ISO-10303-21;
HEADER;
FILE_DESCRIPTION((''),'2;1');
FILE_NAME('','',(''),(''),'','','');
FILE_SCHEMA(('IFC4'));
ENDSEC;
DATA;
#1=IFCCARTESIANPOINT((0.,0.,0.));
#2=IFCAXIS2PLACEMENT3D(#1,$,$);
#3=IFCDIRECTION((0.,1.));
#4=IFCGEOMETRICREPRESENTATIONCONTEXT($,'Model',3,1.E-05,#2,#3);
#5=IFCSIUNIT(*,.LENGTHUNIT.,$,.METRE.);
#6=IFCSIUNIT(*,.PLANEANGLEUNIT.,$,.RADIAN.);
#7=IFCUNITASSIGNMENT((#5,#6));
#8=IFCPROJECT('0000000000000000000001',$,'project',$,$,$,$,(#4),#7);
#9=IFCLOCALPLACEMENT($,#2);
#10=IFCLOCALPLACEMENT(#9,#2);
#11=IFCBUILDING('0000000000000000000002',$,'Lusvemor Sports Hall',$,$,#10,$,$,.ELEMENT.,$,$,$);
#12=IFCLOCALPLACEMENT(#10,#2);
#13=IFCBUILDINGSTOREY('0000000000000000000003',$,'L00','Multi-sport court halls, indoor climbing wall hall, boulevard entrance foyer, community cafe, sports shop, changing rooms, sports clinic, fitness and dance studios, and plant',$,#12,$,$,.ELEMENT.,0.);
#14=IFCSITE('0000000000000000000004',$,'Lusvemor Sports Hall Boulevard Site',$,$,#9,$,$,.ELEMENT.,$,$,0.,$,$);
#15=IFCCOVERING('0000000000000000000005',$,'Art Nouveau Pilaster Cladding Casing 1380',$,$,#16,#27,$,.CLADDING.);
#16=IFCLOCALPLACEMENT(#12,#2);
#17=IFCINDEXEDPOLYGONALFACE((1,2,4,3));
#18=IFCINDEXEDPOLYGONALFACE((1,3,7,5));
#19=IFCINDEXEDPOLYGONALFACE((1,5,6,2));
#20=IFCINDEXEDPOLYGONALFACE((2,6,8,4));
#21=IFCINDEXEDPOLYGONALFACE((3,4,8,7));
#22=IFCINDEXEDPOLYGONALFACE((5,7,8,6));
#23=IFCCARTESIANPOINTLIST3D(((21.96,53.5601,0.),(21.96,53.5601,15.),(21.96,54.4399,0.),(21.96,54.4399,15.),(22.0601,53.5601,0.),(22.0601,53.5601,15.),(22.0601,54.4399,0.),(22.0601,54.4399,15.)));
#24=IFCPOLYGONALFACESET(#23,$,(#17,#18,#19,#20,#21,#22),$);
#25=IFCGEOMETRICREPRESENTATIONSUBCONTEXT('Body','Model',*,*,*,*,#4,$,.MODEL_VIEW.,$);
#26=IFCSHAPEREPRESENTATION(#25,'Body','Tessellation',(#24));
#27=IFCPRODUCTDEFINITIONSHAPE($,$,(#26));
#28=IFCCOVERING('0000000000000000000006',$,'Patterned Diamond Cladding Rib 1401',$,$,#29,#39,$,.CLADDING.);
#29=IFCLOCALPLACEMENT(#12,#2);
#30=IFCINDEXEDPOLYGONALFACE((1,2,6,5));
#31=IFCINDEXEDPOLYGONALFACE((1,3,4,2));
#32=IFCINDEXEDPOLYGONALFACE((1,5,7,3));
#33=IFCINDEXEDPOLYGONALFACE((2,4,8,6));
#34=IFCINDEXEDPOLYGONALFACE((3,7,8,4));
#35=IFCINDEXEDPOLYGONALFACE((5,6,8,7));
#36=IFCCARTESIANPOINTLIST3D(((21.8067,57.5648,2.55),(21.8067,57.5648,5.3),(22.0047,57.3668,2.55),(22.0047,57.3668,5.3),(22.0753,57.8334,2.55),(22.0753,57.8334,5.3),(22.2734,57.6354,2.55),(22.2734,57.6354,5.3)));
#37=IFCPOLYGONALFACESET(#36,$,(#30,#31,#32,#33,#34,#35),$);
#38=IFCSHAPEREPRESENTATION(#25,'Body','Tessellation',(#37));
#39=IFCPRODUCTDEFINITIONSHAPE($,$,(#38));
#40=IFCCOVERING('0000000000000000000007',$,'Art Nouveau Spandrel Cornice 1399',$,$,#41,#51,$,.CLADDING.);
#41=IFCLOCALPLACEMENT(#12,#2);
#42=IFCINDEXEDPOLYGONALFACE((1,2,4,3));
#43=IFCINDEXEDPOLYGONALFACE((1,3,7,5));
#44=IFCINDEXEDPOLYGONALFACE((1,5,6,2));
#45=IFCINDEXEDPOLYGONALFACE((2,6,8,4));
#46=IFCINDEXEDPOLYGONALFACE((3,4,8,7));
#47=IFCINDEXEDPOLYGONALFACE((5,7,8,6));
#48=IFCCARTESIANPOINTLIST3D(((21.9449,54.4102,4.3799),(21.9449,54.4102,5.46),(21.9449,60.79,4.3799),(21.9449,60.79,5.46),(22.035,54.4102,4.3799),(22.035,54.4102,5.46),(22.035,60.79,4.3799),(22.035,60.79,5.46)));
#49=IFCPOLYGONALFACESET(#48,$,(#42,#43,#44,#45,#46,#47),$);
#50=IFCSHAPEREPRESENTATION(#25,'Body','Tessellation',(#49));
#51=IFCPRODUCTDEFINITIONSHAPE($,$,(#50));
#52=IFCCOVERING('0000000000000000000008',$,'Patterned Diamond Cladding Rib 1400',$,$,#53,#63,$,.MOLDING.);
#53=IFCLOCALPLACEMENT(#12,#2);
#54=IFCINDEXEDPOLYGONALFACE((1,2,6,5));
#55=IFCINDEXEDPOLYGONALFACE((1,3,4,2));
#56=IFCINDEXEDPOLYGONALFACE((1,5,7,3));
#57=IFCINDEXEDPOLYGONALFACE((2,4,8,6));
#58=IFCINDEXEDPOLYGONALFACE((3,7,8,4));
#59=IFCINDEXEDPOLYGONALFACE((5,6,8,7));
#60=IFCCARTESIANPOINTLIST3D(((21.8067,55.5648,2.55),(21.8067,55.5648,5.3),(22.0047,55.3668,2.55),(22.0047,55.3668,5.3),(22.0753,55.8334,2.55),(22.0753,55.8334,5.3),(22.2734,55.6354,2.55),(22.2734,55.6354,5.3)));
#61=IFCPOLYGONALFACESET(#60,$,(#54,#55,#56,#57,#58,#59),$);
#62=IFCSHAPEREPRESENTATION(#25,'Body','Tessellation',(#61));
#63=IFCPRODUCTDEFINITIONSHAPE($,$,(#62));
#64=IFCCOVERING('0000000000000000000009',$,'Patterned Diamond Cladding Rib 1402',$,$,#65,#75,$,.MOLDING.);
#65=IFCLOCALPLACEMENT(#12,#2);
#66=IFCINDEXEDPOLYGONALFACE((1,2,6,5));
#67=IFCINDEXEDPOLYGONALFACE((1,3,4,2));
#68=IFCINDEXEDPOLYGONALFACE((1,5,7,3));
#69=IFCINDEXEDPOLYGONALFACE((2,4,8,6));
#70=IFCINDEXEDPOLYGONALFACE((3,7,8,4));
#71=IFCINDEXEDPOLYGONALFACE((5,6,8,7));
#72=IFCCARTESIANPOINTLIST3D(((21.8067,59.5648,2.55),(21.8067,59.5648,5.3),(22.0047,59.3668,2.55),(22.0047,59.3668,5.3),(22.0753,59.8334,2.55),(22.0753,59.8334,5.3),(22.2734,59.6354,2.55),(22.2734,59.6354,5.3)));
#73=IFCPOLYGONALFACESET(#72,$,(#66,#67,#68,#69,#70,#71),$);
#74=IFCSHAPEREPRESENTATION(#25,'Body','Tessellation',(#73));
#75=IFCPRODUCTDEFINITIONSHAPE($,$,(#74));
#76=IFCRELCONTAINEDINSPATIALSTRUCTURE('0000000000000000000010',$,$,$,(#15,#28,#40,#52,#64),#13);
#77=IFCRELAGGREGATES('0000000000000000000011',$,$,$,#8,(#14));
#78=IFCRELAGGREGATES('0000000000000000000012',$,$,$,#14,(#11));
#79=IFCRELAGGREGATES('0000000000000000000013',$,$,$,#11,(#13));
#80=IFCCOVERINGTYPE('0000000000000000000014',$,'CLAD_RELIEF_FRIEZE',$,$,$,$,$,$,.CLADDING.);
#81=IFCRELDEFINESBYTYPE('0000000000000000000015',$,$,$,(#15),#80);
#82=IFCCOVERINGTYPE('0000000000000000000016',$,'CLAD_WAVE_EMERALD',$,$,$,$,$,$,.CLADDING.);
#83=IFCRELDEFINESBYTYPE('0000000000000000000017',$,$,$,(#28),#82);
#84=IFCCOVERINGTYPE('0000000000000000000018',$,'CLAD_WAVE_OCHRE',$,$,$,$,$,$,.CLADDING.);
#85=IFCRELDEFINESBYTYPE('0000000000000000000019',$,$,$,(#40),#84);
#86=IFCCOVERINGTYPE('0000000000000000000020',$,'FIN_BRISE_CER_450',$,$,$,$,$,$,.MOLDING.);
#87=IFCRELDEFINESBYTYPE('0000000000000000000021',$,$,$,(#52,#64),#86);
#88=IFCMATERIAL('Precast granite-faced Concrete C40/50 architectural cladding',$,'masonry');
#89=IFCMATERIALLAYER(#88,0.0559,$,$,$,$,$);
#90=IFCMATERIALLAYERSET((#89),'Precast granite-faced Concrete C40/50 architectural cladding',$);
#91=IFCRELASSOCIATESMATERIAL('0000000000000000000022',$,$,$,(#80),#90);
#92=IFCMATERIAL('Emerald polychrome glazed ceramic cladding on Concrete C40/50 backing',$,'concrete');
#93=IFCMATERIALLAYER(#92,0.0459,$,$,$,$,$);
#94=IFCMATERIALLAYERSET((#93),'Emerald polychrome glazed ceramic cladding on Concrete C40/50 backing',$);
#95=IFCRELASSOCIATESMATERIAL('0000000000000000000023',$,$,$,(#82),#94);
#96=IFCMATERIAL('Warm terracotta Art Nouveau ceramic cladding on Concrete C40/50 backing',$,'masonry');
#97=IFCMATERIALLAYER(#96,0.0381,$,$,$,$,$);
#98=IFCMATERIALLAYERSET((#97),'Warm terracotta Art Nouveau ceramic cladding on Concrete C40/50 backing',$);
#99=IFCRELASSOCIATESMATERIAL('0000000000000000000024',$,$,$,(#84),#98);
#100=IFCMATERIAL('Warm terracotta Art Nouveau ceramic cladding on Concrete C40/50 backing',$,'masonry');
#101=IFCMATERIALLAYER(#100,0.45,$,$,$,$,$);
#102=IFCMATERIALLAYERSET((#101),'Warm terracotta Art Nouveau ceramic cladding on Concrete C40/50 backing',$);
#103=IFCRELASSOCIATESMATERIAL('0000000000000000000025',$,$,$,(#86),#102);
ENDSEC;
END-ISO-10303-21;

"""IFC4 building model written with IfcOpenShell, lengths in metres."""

from ifc_helpers import new_model, si_unit, direction, frame, origin, origin_2d, place, context, subcontext, project, spatial, rectangle, extrude, material, layer, layer_set, type_object, element, save


model = new_model("IFC4")

# Units and contexts
model_context = context("Model", 3, precision=1e-05, world=origin(), true_north=direction((0.0, 1.0)))
body_context = subcontext(model_context, "Body", "Model", "MODEL_VIEW")
ifc_project = project(units=[si_unit("LENGTHUNIT", "METRE"), si_unit("PLANEANGLEUNIT", "RADIAN")], contexts=[model_context])

# Site, building, storey
site_placement = place(None, origin())
site = spatial("IfcSite", under=ifc_project, at=site_placement, Name="Lusvemor Sports Hall Boulevard Site", CompositionType="ELEMENT", RefElevation=0.0)
building_placement = place(site_placement, origin())
building = spatial("IfcBuilding", under=site, at=building_placement, Name="Lusvemor Sports Hall", CompositionType="ELEMENT")
storey_placement = place(building_placement, origin())
storey = spatial("IfcBuildingStorey", under=building, at=storey_placement, Name="L00", Description="Multi-sport court halls, indoor climbing wall hall, boulevard entrance foyer, community cafe, sports shop, changing rooms, sports clinic, fitness and dance studios, and plant", CompositionType="ELEMENT", Elevation=0.0)

# Coverings
ifc_material_1 = material(Name="Precast granite-faced Concrete C40/50 architectural cladding", Category="masonry")
ifc_layer_1 = layer(ifc_material_1, 0.0559)
ifc_layer_set_1 = layer_set([ifc_layer_1], Name="Precast granite-faced Concrete C40/50 architectural cladding")
covering_type_1 = type_object("IfcCoveringType", Name="CLAD_RELIEF_FRIEZE", PredefinedType="CLADDING", material=ifc_layer_set_1)
covering_1_placement = place(storey_placement, frame((22.01, 54.0, 0.0), z_axis=(0.0, 0.0, 1.0), x_axis=(1.0, 0.0, 0.0)))
element("IfcCovering", 1, at=covering_1_placement, inside=storey, type_object=covering_type_1, Name="Art Nouveau Pilaster Cladding Casing 1380", PredefinedType="CLADDING", context=body_context, shape_type="SweptSolid", body=[
    extrude(rectangle(XDim=0.1001, YDim=0.8799, at=origin_2d()), origin(), (0.0, 0.0, 1.0), 15.0),
])
ifc_material_2 = material(Name="Emerald polychrome glazed ceramic cladding on Concrete C40/50 backing", Category="concrete")
ifc_layer_2 = layer(ifc_material_2, 0.0459)
ifc_layer_set_2 = layer_set([ifc_layer_2], Name="Emerald polychrome glazed ceramic cladding on Concrete C40/50 backing")
covering_type_2 = type_object("IfcCoveringType", Name="CLAD_WAVE_EMERALD", PredefinedType="CLADDING", material=ifc_layer_set_2)
covering_2_placement = place(storey_placement, frame((22.04, 57.6001, 2.55), z_axis=(0.0, 0.0, 1.0), x_axis=(0.707107, 0.707107, 0.0)))
element("IfcCovering", 2, at=covering_2_placement, inside=storey, type_object=covering_type_2, Name="Patterned Diamond Cladding Rib 1401", PredefinedType="CLADDING", context=body_context, shape_type="SweptSolid", body=[
    extrude(rectangle(XDim=0.3799, YDim=0.28, at=origin_2d()), origin(), (0.0, 0.0, 1.0), 2.75),
])
ifc_material_3 = material(Name="Warm terracotta Art Nouveau ceramic cladding on Concrete C40/50 backing", Category="masonry")
ifc_layer_3 = layer(ifc_material_3, 0.0381)
ifc_layer_set_3 = layer_set([ifc_layer_3], Name="Warm terracotta Art Nouveau ceramic cladding on Concrete C40/50 backing")
covering_type_3 = type_object("IfcCoveringType", Name="CLAD_WAVE_OCHRE", PredefinedType="CLADDING", material=ifc_layer_set_3)
covering_3_placement = place(storey_placement, frame((21.99, 57.6001, 4.3799), z_axis=(0.0, 0.0, 1.0), x_axis=(1.0, 0.0, 0.0)))
element("IfcCovering", 3, at=covering_3_placement, inside=storey, type_object=covering_type_3, Name="Art Nouveau Spandrel Cornice 1399", PredefinedType="CLADDING", context=body_context, shape_type="SweptSolid", body=[
    extrude(rectangle(XDim=0.0901, YDim=6.3799, at=origin_2d()), origin(), (0.0, 0.0, 1.0), 1.0801),
])
ifc_material_4 = material(Name="Warm terracotta Art Nouveau ceramic cladding on Concrete C40/50 backing", Category="masonry")
ifc_layer_4 = layer(ifc_material_4, 0.45)
ifc_layer_set_4 = layer_set([ifc_layer_4], Name="Warm terracotta Art Nouveau ceramic cladding on Concrete C40/50 backing")
covering_type_4 = type_object("IfcCoveringType", Name="FIN_BRISE_CER_450", PredefinedType="MOLDING", material=ifc_layer_set_4)
for number, where, z_axis, x_axis, name in (
    (4, (22.04, 55.6001, 2.55), (0.0, 0.0, 1.0), (0.707107, 0.707107, 0.0), "Patterned Diamond Cladding Rib 1400"),
    (5, (22.04, 59.6001, 2.55), (0.0, 0.0, 1.0), (0.707107, 0.707107, 0.0), "Patterned Diamond Cladding Rib 1402"),
):
    element("IfcCovering", number, at=place(storey_placement, frame(where, z_axis=z_axis, x_axis=x_axis)), inside=storey, type_object=covering_type_4, Name=name, PredefinedType="MOLDING", context=body_context, shape_type="SweptSolid", body=[
        extrude(rectangle(XDim=0.3799, YDim=0.28, at=origin_2d()), origin(), (0.0, 0.0, 1.0), 2.75),
    ])

save(model, "model.ifc")
